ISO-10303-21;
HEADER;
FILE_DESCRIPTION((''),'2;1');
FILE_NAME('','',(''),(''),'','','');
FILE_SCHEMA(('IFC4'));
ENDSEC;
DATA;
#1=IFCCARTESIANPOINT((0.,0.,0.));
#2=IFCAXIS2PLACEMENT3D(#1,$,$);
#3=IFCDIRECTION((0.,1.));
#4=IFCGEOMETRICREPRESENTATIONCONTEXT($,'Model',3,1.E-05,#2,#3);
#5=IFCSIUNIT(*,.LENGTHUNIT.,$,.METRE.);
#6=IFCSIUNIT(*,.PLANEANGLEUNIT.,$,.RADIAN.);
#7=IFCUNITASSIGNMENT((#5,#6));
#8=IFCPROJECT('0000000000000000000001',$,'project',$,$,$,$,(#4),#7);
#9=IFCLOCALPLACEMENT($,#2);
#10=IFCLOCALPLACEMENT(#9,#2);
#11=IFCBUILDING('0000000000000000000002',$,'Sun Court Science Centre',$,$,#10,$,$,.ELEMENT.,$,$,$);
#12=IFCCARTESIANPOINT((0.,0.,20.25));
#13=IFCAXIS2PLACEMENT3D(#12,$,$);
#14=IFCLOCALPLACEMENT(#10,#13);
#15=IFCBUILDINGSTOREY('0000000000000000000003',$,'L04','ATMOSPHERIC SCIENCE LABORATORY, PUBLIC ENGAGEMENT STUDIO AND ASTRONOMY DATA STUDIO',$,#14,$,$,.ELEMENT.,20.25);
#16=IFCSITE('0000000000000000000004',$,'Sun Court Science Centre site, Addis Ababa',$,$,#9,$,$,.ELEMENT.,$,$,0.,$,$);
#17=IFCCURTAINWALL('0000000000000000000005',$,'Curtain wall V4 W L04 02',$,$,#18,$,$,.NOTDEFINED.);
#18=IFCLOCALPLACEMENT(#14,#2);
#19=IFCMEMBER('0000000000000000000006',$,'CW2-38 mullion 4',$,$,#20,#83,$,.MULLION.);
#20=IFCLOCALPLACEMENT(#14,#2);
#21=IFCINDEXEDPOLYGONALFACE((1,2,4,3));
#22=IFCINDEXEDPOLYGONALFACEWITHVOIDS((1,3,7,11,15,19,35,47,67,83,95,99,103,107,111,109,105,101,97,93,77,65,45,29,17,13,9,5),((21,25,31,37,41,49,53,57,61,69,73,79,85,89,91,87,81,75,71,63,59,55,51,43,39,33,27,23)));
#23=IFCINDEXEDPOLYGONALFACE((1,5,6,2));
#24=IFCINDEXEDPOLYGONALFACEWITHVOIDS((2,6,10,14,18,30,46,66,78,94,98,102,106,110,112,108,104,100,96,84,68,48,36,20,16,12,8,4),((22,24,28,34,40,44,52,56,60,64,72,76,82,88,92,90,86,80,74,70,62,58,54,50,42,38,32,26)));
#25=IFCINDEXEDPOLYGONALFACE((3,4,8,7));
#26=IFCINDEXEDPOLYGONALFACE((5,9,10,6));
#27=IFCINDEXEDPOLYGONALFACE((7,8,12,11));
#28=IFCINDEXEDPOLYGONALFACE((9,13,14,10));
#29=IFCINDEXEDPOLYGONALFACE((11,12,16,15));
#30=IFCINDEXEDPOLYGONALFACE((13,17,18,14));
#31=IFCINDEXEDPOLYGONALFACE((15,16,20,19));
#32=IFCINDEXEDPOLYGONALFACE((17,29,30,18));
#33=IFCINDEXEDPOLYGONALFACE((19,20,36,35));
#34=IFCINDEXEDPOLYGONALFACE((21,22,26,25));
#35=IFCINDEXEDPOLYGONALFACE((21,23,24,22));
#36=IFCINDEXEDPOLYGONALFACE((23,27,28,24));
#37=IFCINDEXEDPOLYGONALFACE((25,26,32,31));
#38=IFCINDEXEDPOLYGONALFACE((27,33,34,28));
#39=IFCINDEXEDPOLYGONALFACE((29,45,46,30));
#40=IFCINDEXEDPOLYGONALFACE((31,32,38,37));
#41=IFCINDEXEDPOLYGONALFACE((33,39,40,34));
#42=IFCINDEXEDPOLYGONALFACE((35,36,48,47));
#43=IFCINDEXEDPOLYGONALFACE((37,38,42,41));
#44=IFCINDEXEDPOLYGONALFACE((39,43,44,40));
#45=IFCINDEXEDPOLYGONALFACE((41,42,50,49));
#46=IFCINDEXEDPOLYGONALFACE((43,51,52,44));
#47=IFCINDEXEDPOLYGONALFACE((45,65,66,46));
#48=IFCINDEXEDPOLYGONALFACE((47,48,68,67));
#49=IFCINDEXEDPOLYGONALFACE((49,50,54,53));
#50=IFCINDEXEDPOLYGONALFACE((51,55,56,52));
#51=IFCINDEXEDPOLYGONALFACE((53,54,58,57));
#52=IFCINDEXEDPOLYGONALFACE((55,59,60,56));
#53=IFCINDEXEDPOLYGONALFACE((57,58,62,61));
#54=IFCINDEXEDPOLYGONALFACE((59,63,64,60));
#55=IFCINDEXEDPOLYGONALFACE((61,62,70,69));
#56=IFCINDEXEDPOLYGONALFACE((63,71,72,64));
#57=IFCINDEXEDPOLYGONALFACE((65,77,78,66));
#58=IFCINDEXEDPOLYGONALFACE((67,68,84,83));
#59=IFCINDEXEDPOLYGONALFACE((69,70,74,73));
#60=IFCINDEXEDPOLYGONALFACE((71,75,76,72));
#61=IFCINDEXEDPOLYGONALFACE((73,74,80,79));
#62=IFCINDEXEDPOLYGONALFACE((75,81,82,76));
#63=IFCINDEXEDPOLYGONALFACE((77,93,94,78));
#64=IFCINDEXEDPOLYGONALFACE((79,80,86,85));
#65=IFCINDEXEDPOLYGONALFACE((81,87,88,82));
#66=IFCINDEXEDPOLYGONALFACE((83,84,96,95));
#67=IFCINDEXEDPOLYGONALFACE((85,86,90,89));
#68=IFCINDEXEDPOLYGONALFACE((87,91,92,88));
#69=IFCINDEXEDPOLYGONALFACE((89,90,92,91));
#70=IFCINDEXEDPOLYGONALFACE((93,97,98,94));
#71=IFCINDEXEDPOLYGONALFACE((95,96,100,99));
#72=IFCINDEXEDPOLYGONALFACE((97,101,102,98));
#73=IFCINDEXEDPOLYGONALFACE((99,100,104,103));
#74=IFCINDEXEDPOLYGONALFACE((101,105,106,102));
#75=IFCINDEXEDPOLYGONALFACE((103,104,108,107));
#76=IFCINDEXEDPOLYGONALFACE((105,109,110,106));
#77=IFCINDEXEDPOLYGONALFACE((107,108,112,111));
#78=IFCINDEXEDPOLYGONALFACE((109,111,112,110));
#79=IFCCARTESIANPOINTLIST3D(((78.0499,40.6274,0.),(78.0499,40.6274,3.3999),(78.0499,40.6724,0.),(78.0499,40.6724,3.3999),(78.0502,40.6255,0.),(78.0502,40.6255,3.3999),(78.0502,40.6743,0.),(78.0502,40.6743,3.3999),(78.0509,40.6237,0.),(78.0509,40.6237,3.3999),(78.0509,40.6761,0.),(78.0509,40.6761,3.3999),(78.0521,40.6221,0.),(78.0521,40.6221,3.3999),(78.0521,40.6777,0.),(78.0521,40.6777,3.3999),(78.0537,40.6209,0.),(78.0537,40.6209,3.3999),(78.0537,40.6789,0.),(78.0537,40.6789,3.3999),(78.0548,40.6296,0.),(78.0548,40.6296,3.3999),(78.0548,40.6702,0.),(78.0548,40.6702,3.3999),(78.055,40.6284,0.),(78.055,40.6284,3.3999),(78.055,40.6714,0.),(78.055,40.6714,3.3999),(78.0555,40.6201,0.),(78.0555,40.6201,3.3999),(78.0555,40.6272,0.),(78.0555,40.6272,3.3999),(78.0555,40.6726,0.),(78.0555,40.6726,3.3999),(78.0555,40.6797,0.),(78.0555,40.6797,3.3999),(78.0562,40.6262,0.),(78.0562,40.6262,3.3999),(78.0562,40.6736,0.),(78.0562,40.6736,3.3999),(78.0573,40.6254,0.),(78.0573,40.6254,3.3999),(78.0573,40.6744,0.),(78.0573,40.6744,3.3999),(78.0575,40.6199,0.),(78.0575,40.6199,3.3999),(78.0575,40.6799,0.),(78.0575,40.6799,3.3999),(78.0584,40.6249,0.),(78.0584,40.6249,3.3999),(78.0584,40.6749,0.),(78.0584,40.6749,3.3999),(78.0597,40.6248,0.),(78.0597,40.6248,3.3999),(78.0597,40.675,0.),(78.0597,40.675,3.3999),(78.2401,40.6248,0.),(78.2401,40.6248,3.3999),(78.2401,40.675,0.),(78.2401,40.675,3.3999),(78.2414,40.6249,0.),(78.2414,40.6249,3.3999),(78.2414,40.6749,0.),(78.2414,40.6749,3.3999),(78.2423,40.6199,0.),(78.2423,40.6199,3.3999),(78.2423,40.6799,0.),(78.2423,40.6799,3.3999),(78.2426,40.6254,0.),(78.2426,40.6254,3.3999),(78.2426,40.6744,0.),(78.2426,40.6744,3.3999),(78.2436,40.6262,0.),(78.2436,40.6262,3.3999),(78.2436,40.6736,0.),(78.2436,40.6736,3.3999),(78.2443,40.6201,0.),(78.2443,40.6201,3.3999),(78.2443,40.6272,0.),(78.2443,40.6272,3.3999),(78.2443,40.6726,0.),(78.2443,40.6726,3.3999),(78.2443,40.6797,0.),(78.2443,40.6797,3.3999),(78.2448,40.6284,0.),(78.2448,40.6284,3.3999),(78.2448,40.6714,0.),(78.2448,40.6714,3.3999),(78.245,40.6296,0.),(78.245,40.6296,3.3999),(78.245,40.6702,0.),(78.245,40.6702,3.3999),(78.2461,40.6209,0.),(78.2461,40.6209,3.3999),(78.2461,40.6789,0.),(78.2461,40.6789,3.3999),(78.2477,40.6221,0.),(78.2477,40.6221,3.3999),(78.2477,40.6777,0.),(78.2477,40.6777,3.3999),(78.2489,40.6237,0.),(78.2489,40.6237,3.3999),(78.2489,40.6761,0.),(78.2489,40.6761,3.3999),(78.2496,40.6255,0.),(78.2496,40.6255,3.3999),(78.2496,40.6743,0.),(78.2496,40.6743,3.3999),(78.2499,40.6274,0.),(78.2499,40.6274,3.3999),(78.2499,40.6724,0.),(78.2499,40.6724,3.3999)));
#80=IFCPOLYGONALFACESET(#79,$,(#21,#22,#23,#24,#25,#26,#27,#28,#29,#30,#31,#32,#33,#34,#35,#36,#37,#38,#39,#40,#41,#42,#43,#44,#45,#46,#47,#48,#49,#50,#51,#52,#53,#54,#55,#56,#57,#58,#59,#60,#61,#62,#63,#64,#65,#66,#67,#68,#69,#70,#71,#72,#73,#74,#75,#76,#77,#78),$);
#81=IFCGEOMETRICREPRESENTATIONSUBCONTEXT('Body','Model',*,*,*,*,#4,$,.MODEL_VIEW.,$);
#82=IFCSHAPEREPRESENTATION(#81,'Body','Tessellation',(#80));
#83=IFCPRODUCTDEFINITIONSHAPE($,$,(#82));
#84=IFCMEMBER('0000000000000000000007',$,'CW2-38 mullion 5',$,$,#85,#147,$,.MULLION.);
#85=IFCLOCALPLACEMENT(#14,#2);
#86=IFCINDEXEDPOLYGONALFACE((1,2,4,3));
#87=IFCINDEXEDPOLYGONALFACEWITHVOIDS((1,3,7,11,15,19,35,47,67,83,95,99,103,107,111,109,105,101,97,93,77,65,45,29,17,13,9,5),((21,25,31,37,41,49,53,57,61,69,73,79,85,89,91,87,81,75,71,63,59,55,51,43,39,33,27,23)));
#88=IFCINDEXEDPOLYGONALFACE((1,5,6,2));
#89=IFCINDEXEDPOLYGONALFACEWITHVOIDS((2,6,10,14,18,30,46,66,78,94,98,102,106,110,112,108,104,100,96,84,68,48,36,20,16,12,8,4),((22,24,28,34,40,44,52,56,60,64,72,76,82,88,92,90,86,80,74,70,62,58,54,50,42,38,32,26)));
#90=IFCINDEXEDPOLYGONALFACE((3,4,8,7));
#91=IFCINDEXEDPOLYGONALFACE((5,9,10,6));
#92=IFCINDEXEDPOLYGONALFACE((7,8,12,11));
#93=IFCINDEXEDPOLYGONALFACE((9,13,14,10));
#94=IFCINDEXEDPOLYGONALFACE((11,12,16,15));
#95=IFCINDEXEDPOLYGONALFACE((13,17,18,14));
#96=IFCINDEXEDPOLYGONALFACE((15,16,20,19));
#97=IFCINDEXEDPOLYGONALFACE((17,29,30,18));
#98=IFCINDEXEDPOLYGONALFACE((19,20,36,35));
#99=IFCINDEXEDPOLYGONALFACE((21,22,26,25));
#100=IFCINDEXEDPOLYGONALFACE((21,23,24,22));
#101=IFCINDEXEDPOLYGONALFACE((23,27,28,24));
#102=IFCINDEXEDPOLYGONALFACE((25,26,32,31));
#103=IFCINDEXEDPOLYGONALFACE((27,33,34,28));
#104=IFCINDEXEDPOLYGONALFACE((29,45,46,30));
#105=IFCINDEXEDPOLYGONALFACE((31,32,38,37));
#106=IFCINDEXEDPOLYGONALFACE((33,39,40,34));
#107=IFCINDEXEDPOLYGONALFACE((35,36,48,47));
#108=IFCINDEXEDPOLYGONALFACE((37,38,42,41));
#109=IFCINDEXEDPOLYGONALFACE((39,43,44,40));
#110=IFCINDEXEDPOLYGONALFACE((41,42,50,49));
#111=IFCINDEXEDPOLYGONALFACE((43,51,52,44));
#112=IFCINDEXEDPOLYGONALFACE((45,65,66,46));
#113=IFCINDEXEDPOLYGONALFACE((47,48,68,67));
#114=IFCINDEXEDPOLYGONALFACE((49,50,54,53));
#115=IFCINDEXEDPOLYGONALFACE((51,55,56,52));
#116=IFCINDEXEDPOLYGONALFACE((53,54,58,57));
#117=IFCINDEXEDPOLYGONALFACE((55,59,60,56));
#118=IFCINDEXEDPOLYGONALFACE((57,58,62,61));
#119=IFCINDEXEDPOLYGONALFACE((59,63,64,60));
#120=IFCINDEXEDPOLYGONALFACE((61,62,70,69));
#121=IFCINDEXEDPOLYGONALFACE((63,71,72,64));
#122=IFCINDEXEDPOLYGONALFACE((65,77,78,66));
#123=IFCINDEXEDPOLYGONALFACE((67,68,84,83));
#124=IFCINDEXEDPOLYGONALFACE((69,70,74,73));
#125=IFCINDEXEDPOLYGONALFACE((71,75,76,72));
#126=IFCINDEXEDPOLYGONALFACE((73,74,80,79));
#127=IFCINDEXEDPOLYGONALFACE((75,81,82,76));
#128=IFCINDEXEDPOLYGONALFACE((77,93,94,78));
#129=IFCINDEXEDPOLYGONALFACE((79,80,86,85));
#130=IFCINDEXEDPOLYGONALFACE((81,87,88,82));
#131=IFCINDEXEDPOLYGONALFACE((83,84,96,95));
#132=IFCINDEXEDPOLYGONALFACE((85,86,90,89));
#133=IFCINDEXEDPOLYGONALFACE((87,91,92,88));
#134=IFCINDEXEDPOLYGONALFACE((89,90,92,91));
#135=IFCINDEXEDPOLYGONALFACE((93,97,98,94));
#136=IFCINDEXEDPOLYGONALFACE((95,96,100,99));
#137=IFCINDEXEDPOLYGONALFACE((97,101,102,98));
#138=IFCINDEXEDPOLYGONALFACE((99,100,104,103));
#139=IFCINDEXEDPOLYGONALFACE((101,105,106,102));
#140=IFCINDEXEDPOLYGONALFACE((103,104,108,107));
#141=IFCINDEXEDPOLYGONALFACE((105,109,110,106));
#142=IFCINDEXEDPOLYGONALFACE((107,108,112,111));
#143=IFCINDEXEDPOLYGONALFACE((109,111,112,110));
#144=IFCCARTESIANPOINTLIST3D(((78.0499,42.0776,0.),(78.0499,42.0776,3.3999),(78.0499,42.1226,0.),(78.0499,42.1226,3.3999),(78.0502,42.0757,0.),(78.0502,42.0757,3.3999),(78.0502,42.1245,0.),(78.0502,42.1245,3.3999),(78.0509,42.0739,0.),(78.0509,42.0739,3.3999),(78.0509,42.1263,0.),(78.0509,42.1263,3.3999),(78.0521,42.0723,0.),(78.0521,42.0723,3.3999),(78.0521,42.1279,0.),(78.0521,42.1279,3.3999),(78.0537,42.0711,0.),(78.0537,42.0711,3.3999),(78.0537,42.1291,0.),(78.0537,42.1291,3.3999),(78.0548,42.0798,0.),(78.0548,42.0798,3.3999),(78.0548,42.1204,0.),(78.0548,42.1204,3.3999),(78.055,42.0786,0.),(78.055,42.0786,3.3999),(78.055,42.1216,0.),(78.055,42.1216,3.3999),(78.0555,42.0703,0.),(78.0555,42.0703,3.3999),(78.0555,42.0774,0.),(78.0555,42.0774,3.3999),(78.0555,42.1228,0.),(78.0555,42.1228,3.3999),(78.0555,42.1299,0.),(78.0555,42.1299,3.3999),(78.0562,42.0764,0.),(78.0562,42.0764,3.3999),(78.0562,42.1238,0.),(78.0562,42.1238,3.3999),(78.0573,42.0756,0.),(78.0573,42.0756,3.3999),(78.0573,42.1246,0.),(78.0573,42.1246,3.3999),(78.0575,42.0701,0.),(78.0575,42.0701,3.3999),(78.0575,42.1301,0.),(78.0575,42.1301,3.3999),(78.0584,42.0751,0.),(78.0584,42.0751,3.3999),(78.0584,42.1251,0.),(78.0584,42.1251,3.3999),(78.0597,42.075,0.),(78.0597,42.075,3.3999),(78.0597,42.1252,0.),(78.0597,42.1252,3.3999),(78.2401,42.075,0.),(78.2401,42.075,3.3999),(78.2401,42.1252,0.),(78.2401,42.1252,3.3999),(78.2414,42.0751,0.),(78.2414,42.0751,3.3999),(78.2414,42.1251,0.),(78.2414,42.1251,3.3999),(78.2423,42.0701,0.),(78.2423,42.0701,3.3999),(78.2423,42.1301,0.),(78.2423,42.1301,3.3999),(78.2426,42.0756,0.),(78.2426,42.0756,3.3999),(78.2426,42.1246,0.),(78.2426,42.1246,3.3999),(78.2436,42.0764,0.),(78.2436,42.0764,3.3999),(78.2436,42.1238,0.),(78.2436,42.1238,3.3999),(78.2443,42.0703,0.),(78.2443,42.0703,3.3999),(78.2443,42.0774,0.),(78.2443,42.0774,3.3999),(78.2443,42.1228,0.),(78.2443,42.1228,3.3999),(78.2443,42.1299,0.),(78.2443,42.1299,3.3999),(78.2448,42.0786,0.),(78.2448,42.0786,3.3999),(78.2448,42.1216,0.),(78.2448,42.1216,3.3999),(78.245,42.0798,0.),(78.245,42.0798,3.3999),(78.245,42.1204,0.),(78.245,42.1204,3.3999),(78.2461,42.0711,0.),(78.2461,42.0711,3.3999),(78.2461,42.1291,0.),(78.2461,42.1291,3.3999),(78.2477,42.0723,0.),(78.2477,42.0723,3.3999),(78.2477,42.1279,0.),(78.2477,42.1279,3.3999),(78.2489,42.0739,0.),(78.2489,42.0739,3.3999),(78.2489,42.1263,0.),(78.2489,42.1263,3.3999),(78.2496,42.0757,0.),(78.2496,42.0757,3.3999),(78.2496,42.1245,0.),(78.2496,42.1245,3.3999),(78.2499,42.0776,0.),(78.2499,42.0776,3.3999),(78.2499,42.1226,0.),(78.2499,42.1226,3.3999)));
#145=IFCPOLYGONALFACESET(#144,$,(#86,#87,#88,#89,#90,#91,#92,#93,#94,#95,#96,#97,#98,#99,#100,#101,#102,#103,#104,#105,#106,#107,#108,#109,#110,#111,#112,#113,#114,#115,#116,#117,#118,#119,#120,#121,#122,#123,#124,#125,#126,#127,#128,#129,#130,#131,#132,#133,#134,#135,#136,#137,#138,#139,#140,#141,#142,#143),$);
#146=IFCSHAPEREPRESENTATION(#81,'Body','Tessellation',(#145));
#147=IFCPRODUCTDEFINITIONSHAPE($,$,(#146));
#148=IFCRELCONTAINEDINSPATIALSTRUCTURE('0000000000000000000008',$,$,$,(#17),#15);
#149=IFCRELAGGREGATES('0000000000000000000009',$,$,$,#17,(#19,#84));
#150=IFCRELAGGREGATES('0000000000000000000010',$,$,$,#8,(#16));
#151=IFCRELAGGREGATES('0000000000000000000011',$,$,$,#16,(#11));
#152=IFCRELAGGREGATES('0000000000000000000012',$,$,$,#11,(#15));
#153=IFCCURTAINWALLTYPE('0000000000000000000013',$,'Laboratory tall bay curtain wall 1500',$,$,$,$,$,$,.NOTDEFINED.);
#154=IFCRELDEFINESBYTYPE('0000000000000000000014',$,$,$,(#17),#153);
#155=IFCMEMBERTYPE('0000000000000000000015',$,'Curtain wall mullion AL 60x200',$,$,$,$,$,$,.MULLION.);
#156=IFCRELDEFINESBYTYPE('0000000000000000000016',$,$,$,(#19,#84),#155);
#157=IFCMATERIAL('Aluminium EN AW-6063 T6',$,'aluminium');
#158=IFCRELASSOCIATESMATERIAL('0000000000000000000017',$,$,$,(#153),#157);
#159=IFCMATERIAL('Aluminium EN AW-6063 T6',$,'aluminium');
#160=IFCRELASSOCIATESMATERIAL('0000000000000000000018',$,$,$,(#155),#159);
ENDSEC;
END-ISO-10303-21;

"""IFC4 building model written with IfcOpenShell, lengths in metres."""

from ifc_helpers import new_model, si_unit, direction, frame, origin, origin_2d, place, context, subcontext, project, spatial, hollow_rectangle, extrude, material, material_profile, profile_set, type_object, element, aggregate, save


model = new_model("IFC4")

# Units and contexts
model_context = context("Model", 3, precision=1e-05, world=origin(), true_north=direction((0.0, 1.0)))
body_context = subcontext(model_context, "Body", "Model", "MODEL_VIEW")
ifc_project = project(units=[si_unit("LENGTHUNIT", "METRE"), si_unit("PLANEANGLEUNIT", "RADIAN")], contexts=[model_context])

# Site, building, storey
site_placement = place(None, origin())
site = spatial("IfcSite", under=ifc_project, at=site_placement, Name="Sun Court Science Centre site, Addis Ababa", CompositionType="ELEMENT", RefElevation=0.0)
building_placement = place(site_placement, origin())
building = spatial("IfcBuilding", under=site, at=building_placement, Name="Sun Court Science Centre", CompositionType="ELEMENT")
storey_placement = place(building_placement, frame((0.0, 0.0, 20.25)))
storey = spatial("IfcBuildingStorey", under=building, at=storey_placement, Name="L04", Description="ATMOSPHERIC SCIENCE LABORATORY, PUBLIC ENGAGEMENT STUDIO AND ASTRONOMY DATA STUDIO", CompositionType="ELEMENT", Elevation=20.25)

# Shared definitions
ifc_material_1 = material(Name="Aluminium EN AW-6063 T6", Category="aluminium")
curtain_wall_type = type_object("IfcCurtainWallType", Name="Laboratory tall bay curtain wall 1500", PredefinedType="NOTDEFINED", material=ifc_material_1)
ifc_material_2 = material(Name="Aluminium EN AW-6063 T6", Category="aluminium")
ifc_material_profile_1 = material_profile(ifc_material_2, hollow_rectangle(XDim=0.0601, YDim=0.2, WallThickness=0.0049, InnerFilletRadius=0.0049, OuterFilletRadius=0.0076, at=origin_2d()), Name="AL 60x200x5")
ifc_profile_set_1 = profile_set([ifc_material_profile_1], Name="Aluminium EN AW-6063 T6")
member_type_1 = type_object("IfcMemberType", Name="Curtain wall mullion AL 60x200", PredefinedType="MULLION", material=ifc_profile_set_1)

# Curtain wall, members
curtain_wall_1_placement = place(storey_placement, origin())
curtain_wall_1 = element("IfcCurtainWall", 1, at=curtain_wall_1_placement, inside=storey, type_object=curtain_wall_type, Name="Curtain wall V4 W L04 02", PredefinedType="NOTDEFINED")
member_1_placement = place(storey_placement, frame((78.1499, 40.6499, 0.0), z_axis=(0.0, 0.0, 1.0), x_axis=(0.0, 1.0, 0.0)))
member_1 = element("IfcMember", 2, at=member_1_placement, type_object=member_type_1, Name="CW2-38 mullion 4", PredefinedType="MULLION", context=body_context, shape_type="SweptSolid", body=[
    extrude(hollow_rectangle(XDim=0.0601, YDim=0.2, WallThickness=0.0049, InnerFilletRadius=0.0049, OuterFilletRadius=0.0076, at=origin_2d()), origin(), (0.0, 0.0, 1.0), 3.3999),
])
member_2_placement = place(storey_placement, frame((78.1499, 42.1001, 0.0), z_axis=(0.0, 0.0, 1.0), x_axis=(0.0, 1.0, 0.0)))
member_2 = element("IfcMember", 3, at=member_2_placement, type_object=member_type_1, Name="CW2-38 mullion 5", PredefinedType="MULLION", context=body_context, shape_type="SweptSolid", body=[
    extrude(hollow_rectangle(XDim=0.0601, YDim=0.2, WallThickness=0.0049, InnerFilletRadius=0.0049, OuterFilletRadius=0.0076, at=origin_2d()), origin(), (0.0, 0.0, 1.0), 3.3999),
])

aggregate(curtain_wall_1, [member_1, member_2])

save(model, "model.ifc")
